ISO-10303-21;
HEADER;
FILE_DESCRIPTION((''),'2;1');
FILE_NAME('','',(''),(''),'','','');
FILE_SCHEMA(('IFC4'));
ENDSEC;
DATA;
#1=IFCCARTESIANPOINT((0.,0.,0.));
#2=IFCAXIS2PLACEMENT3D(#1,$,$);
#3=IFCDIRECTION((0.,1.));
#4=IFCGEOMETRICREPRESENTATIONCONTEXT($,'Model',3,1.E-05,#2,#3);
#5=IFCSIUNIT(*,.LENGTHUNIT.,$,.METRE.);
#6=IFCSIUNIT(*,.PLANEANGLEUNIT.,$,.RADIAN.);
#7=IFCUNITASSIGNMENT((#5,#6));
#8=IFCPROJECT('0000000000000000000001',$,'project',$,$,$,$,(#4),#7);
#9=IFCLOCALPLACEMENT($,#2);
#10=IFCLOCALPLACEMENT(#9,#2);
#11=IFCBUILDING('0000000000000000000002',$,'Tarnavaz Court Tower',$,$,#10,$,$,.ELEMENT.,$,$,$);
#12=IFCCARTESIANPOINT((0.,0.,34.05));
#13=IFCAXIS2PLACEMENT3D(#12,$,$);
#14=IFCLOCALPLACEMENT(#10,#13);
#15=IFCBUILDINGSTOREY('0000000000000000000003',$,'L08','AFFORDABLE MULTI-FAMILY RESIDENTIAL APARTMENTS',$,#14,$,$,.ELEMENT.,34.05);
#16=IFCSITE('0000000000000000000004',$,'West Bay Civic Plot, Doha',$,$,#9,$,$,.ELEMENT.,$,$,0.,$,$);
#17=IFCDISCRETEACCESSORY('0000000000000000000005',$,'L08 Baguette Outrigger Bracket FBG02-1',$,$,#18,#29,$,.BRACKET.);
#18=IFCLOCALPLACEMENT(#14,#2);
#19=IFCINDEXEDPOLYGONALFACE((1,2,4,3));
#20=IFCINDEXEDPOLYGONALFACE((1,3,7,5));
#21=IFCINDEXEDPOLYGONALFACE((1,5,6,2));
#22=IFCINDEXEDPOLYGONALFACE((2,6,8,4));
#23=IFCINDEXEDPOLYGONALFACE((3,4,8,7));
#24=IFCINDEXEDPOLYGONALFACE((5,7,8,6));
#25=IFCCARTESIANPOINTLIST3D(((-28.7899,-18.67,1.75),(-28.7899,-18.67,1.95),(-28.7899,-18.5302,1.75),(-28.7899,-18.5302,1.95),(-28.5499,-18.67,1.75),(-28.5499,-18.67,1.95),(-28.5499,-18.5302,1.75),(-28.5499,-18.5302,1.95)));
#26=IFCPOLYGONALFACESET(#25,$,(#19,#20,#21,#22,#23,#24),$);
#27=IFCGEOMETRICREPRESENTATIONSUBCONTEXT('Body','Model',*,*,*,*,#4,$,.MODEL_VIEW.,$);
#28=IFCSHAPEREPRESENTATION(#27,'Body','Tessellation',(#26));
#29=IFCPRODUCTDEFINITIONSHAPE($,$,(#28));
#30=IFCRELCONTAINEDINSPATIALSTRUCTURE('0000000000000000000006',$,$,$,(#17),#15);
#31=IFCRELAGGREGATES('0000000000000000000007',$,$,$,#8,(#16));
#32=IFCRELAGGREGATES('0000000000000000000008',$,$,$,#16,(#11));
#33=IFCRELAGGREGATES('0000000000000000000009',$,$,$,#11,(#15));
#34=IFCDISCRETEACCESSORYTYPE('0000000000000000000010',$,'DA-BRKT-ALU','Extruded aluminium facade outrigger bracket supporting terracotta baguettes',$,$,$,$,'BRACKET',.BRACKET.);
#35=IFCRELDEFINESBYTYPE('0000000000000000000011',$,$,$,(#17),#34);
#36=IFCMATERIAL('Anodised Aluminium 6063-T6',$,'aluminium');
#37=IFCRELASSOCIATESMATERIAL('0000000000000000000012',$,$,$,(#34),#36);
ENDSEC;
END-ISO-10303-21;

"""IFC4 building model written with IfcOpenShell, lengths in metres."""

from ifc_helpers import new_model, si_unit, direction, frame, origin, origin_2d, place, context, subcontext, project, spatial, rectangle, extrude, material, type_object, element, save


model = new_model("IFC4")

# Units and contexts
model_context = context("Model", 3, precision=1e-05, world=origin(), true_north=direction((0.0, 1.0)))
body_context = subcontext(model_context, "Body", "Model", "MODEL_VIEW")
ifc_project = project(units=[si_unit("LENGTHUNIT", "METRE"), si_unit("PLANEANGLEUNIT", "RADIAN")], contexts=[model_context])

# Site, building, storey
site_placement = place(None, origin())
site = spatial("IfcSite", under=ifc_project, at=site_placement, Name="West Bay Civic Plot, Doha", CompositionType="ELEMENT", RefElevation=0.0)
building_placement = place(site_placement, origin())
building = spatial("IfcBuilding", under=site, at=building_placement, Name="Tarnavaz Court Tower", CompositionType="ELEMENT")
storey_placement = place(building_placement, frame((0.0, 0.0, 34.05)))
storey = spatial("IfcBuildingStorey", under=building, at=storey_placement, Name="L08", Description="AFFORDABLE MULTI-FAMILY RESIDENTIAL APARTMENTS", CompositionType="ELEMENT", Elevation=34.05)

# Discrete accessory
ifc_material_1 = material(Name="Anodised Aluminium 6063-T6", Category="aluminium")
discrete_accessory_type = type_object("IfcDiscreteAccessoryType", Name="DA-BRKT-ALU", Description="Extruded aluminium facade outrigger bracket supporting terracotta baguettes", ElementType="BRACKET", PredefinedType="BRACKET", material=ifc_material_1)
discrete_accessory_placement = place(storey_placement, frame((-28.6699, -18.6001, 1.75), z_axis=(0.0, 0.0, 1.0), x_axis=(0.0, 1.0, 0.0)))
element("IfcDiscreteAccessory", 1, at=discrete_accessory_placement, inside=storey, type_object=discrete_accessory_type, Name="L08 Baguette Outrigger Bracket FBG02-1", PredefinedType="BRACKET", context=body_context, shape_type="SweptSolid", body=[
    extrude(rectangle(XDim=0.1399, YDim=0.24, at=origin_2d()), origin(), (0.0, 0.0, 1.0), 0.2),
])

save(model, "model.ifc")
